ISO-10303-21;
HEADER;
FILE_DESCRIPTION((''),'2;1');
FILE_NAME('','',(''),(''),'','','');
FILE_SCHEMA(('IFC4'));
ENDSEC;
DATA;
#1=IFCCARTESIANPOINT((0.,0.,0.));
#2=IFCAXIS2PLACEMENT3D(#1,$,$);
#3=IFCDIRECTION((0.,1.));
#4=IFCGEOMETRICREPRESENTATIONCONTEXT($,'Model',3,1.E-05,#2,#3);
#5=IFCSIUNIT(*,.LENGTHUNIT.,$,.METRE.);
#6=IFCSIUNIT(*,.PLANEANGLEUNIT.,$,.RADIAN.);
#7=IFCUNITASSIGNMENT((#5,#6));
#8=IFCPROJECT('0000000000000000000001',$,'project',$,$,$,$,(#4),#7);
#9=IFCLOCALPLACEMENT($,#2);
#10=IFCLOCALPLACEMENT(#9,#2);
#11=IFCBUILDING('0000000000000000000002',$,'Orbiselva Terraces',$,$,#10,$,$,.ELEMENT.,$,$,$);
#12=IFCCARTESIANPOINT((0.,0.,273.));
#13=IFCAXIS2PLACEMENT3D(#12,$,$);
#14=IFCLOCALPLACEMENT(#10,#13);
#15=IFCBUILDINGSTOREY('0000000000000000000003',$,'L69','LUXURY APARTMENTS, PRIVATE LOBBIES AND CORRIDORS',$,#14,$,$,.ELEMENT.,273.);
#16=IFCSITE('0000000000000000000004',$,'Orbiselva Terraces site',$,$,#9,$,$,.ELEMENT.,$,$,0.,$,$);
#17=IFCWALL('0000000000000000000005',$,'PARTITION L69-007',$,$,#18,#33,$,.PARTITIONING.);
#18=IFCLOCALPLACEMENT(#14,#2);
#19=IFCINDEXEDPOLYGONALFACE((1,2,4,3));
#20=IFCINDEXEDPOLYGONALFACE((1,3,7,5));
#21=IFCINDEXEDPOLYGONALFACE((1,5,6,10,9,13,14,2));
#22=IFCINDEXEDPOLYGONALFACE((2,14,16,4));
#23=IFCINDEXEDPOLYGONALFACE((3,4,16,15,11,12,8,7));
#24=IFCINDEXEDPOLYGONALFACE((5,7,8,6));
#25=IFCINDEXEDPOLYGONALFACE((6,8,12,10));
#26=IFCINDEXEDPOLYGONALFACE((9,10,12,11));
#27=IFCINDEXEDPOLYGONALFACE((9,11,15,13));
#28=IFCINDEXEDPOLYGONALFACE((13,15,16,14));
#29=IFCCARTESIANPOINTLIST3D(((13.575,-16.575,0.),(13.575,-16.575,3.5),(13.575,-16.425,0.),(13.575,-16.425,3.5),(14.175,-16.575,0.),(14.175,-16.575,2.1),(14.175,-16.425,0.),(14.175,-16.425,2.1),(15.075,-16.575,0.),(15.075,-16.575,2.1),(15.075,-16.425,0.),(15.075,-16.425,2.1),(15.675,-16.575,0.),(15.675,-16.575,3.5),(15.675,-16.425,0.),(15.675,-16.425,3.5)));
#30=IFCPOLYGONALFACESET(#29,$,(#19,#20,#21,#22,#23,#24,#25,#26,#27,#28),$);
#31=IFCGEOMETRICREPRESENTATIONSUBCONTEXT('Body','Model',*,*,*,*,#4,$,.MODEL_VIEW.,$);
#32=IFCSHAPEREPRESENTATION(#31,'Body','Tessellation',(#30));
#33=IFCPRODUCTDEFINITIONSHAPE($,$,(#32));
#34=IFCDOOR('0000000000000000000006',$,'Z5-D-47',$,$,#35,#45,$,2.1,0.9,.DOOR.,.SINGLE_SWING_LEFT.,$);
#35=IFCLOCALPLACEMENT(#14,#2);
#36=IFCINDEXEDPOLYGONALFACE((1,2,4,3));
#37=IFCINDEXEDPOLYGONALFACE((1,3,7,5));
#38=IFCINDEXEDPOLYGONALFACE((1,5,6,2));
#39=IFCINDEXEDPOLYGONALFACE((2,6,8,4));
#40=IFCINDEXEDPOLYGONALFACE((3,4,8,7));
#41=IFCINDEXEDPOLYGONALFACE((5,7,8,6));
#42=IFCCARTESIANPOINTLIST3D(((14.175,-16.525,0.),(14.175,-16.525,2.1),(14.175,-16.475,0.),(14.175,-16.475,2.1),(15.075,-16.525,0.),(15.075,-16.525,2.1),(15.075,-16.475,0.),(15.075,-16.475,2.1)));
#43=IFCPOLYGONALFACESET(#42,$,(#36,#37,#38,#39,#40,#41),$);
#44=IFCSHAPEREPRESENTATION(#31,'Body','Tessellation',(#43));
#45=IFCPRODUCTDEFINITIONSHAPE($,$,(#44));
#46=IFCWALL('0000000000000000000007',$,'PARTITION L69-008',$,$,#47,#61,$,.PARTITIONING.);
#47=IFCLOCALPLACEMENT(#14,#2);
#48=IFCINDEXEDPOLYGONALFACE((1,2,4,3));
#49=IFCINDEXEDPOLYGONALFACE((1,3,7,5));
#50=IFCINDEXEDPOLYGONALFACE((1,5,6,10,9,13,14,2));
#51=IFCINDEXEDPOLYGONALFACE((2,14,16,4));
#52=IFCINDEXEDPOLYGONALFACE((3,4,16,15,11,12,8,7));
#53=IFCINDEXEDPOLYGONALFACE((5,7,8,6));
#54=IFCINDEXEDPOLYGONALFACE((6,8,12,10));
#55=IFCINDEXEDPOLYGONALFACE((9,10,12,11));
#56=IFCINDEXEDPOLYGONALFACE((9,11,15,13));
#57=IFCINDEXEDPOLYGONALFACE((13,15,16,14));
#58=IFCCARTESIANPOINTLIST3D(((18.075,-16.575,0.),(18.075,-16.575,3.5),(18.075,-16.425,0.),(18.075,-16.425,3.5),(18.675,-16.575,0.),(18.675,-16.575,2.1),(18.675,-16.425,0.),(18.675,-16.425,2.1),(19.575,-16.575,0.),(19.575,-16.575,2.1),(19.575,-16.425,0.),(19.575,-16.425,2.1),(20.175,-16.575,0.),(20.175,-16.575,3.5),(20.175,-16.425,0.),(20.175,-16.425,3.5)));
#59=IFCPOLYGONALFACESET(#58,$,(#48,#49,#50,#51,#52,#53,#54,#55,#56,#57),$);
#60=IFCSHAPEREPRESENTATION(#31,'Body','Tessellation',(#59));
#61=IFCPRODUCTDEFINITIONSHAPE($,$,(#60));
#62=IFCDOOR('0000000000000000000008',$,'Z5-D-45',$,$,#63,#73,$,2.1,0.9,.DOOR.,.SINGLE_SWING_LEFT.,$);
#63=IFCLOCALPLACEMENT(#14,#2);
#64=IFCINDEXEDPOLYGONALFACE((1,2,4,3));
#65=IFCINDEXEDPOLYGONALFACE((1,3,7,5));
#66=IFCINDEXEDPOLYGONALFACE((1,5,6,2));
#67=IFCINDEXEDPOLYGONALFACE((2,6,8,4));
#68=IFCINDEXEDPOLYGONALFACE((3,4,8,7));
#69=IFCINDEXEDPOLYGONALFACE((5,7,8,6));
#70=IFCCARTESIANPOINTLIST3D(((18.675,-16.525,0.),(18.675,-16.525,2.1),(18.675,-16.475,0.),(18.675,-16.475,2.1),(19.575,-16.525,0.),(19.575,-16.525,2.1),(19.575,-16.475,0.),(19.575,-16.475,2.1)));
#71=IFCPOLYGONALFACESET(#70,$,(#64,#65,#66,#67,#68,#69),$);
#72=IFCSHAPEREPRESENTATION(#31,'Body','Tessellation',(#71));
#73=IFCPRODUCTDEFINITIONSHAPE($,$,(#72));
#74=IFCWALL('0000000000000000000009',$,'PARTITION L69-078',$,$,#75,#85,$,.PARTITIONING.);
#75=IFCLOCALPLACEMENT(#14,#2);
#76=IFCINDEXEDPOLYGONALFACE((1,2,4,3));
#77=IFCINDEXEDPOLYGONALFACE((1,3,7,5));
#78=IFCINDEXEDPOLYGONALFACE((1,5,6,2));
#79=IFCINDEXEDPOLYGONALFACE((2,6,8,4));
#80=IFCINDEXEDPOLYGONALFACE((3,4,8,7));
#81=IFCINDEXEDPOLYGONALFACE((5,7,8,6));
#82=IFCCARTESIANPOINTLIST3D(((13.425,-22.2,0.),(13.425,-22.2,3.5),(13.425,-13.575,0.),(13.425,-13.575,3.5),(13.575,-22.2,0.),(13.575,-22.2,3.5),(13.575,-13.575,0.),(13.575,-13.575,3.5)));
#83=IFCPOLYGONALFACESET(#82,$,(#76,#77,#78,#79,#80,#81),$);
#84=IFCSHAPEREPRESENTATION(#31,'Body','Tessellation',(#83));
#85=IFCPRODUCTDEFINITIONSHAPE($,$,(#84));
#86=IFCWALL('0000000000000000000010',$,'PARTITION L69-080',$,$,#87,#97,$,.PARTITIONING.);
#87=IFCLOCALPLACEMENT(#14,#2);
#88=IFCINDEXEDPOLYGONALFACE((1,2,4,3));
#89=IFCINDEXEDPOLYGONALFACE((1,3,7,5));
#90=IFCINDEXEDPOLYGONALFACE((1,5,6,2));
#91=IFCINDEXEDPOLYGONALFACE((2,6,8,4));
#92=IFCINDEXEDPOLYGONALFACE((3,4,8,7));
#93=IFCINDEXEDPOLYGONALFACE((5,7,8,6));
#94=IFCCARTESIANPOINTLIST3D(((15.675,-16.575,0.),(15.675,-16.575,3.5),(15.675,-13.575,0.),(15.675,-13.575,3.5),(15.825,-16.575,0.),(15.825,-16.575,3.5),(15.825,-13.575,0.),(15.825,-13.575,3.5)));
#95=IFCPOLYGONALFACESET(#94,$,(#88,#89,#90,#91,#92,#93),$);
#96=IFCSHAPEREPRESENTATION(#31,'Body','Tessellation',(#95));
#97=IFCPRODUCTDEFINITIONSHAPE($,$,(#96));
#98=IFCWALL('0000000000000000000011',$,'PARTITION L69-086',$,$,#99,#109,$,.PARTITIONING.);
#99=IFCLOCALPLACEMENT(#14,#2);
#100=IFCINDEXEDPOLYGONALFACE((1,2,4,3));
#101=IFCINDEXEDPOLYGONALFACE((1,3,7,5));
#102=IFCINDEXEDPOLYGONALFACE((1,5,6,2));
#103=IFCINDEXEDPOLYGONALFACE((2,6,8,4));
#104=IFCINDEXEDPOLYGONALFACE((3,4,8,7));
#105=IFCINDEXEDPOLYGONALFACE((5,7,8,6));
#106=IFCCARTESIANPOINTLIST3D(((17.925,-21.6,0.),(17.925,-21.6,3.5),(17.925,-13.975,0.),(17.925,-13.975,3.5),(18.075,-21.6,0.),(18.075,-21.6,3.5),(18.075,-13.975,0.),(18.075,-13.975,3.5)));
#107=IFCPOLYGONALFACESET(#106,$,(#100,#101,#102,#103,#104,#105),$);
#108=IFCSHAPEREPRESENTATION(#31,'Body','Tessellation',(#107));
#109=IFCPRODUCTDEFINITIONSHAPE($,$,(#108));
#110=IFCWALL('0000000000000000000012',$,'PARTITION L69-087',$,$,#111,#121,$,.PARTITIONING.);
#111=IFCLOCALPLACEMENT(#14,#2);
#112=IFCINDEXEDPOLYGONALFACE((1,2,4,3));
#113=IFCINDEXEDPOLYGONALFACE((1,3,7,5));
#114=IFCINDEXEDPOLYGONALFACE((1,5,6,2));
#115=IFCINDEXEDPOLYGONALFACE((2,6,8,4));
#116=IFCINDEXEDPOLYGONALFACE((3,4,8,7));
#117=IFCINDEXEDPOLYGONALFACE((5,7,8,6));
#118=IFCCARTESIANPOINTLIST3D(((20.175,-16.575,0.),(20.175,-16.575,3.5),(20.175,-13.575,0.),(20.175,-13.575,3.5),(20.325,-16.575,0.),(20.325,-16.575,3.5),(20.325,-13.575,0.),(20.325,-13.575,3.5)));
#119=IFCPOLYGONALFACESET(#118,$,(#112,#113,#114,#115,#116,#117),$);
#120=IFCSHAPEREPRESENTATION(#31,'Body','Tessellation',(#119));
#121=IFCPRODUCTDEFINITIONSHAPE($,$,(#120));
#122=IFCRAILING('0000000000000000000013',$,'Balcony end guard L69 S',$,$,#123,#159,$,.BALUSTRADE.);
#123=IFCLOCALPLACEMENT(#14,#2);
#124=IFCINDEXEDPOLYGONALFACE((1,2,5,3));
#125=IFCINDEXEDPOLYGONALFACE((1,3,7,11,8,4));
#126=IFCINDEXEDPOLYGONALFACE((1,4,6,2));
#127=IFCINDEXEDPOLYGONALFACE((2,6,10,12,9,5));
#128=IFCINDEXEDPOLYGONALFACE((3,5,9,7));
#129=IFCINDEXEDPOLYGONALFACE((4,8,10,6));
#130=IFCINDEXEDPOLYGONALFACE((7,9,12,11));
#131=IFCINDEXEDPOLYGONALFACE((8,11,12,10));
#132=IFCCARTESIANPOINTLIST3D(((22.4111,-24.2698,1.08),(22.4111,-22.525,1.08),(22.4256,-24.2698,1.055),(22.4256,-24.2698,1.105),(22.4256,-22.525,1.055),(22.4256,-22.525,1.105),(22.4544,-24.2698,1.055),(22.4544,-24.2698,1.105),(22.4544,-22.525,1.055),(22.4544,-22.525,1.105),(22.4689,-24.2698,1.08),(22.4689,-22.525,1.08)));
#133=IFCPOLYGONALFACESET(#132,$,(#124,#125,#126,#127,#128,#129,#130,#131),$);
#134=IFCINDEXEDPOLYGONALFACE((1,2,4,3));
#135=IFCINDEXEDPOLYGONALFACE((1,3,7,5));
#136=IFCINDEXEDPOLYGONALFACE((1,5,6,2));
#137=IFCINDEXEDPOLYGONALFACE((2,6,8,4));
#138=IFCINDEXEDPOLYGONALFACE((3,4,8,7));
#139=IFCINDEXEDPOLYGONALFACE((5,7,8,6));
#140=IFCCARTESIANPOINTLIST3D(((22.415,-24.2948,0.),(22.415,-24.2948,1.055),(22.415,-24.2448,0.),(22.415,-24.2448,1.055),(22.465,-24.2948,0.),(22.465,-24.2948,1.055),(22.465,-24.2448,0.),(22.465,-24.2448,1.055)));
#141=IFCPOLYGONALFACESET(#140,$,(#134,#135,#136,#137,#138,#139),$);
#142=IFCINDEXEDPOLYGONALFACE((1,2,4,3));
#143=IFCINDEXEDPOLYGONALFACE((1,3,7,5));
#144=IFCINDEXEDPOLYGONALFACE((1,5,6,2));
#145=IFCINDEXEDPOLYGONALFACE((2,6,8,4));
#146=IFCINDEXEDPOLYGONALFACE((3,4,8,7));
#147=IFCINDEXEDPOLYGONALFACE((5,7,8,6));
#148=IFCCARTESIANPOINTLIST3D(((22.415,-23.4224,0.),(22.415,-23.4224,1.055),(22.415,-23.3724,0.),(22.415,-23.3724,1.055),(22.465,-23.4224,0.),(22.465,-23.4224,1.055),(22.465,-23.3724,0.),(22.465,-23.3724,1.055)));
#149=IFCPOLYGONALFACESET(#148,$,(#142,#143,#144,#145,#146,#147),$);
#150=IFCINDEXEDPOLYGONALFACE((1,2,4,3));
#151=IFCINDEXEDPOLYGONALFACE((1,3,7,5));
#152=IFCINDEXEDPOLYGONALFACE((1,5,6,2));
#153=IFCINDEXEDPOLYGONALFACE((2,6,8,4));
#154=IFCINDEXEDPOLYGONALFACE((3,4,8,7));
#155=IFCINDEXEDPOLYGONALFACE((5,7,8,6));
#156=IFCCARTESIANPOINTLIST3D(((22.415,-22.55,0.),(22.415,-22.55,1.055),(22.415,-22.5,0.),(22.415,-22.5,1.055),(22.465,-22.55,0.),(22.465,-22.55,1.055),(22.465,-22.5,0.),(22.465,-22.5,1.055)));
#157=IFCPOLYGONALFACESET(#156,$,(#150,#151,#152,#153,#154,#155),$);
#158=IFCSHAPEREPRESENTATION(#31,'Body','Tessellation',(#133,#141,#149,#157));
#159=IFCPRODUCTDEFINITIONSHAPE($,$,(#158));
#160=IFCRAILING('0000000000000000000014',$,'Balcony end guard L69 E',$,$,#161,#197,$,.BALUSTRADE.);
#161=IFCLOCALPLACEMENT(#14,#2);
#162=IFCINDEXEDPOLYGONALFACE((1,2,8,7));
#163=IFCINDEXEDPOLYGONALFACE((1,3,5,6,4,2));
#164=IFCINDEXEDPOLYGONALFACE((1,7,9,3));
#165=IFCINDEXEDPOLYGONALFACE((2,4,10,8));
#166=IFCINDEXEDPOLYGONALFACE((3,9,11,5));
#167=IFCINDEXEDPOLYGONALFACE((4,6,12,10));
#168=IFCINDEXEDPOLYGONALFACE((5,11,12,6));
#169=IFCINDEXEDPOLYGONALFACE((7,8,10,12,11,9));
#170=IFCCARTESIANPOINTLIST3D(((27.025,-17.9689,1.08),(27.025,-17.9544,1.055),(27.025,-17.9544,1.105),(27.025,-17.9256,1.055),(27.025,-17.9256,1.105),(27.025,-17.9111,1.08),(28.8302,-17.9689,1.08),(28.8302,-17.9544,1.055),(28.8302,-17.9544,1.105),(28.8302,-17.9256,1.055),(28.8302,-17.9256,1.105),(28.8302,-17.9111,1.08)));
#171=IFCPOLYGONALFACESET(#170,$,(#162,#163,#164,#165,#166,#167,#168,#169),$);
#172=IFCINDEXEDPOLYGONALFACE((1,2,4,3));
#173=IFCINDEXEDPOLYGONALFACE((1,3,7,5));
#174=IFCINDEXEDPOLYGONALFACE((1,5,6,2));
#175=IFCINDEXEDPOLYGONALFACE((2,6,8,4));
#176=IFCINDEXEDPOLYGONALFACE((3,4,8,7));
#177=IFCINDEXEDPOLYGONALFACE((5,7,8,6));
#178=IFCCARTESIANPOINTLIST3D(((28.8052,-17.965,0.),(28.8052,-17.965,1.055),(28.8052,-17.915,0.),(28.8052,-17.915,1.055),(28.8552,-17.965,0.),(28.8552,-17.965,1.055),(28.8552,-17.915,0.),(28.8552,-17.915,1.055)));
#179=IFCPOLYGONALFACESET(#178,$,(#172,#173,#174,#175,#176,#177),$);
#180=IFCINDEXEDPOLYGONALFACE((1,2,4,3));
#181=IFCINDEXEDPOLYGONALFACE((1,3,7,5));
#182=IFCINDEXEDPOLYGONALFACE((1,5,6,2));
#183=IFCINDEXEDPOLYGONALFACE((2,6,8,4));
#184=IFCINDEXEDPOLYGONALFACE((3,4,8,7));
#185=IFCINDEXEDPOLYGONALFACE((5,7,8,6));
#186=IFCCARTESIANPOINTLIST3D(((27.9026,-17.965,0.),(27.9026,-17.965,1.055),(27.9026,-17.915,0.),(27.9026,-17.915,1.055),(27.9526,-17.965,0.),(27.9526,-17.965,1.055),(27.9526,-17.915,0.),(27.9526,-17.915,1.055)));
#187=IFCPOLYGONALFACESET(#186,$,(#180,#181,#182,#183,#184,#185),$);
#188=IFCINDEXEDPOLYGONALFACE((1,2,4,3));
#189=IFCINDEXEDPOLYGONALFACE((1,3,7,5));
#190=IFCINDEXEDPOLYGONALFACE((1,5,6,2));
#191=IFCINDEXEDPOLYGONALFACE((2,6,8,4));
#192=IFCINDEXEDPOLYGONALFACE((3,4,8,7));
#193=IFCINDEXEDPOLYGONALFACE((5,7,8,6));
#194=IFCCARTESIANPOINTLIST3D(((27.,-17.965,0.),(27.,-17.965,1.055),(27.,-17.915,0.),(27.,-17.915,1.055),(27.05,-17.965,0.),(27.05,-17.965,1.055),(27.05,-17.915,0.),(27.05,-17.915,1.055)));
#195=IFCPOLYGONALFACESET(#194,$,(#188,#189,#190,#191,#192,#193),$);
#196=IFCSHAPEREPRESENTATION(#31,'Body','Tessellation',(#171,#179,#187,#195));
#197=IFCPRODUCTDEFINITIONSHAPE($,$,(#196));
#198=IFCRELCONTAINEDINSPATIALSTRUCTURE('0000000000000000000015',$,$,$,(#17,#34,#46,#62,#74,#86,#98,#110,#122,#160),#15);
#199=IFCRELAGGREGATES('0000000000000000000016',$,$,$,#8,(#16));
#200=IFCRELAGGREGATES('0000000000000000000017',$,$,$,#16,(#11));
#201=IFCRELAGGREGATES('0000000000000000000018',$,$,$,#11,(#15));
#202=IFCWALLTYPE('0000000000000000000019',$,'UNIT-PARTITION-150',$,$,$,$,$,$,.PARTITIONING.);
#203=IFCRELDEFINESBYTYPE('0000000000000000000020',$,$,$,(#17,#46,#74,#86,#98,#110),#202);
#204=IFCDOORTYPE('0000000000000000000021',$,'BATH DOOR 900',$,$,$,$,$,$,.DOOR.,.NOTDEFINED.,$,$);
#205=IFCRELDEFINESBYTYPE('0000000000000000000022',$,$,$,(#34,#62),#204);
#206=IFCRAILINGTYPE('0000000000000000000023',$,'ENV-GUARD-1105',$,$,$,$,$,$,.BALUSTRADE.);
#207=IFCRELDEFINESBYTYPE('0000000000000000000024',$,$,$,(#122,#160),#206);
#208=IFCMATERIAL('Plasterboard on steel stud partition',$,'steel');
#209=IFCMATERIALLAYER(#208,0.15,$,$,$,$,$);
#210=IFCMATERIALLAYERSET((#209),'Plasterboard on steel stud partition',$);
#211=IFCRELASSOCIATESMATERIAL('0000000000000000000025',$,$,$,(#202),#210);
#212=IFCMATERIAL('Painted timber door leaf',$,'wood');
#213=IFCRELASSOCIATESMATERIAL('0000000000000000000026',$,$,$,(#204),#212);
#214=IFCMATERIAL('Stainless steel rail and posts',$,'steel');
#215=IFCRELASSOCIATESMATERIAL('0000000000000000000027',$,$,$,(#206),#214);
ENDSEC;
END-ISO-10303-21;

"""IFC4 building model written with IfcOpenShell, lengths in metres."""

from ifc_helpers import new_model, si_unit, direction, frame, frame_2d, origin, origin_2d, place, context, subcontext, project, spatial, polyline, rectangle, outline, extrude, material, layer, layer_set, type_object, element, fill, save


model = new_model("IFC4")

# Units and contexts
model_context = context("Model", 3, precision=1e-05, world=origin(), true_north=direction((0.0, 1.0)))
body_context = subcontext(model_context, "Body", "Model", "MODEL_VIEW")
ifc_project = project(units=[si_unit("LENGTHUNIT", "METRE"), si_unit("PLANEANGLEUNIT", "RADIAN")], contexts=[model_context])

# Site, building, storey
site_placement = place(None, origin())
site = spatial("IfcSite", under=ifc_project, at=site_placement, Name="Orbiselva Terraces site", CompositionType="ELEMENT", RefElevation=0.0)
building_placement = place(site_placement, origin())
building = spatial("IfcBuilding", under=site, at=building_placement, Name="Orbiselva Terraces", CompositionType="ELEMENT")
storey_placement = place(building_placement, frame((0.0, 0.0, 273.0)))
storey = spatial("IfcBuildingStorey", under=building, at=storey_placement, Name="L69", Description="LUXURY APARTMENTS, PRIVATE LOBBIES AND CORRIDORS", CompositionType="ELEMENT", Elevation=273.0)

# Walls, openings, doors
ifc_material_1 = material(Name="Plasterboard on steel stud partition", Category="steel")
ifc_layer_1 = layer(ifc_material_1, 0.15)
ifc_layer_set_1 = layer_set([ifc_layer_1], Name="Plasterboard on steel stud partition")
wall_type_1 = type_object("IfcWallType", Name="UNIT-PARTITION-150", PredefinedType="PARTITIONING", material=ifc_layer_set_1)
wall_1_placement = place(storey_placement, frame((13.575, -16.5, 0.0), z_axis=(0.0, 0.0, 1.0), x_axis=(1.0, 0.0, 0.0)))
wall_1 = element("IfcWall", 1, at=wall_1_placement, inside=storey, type_object=wall_type_1, Name="PARTITION L69-007", PredefinedType="PARTITIONING", context=body_context, shape_type="SweptSolid", body=[
    extrude(rectangle(XDim=2.1, YDim=0.15, at=frame_2d((1.05, 0.0))), origin(), (0.0, 0.0, 1.0), 3.5),
])
opening_1_placement = place(wall_1_placement, frame((0.6, 0.0, 0.0)))
opening_1 = element("IfcOpeningElement", 2, at=opening_1_placement, cuts=wall_1, PredefinedType="OPENING", context=body_context, shape_type="SweptSolid", body=[
    extrude(rectangle(XDim=0.9, YDim=2.1, at=frame_2d((0.45, 1.05))), frame((0.0, 0.085, 0.0), z_axis=(0.0, -1.0, 0.0), x_axis=(1.0, 0.0, 0.0)), (0.0, 0.0, 1.0), 0.17),
])
ifc_material_2 = material(Name="Painted timber door leaf", Category="wood")
door_type_1 = type_object("IfcDoorType", Name="BATH DOOR 900", OperationType="NOTDEFINED", PredefinedType="DOOR", material=ifc_material_2)
door_1_placement = place(opening_1_placement, origin())
door_1 = element("IfcDoor", 3, at=door_1_placement, inside=storey, type_object=door_type_1, Name="Z5-D-47", OperationType="SINGLE_SWING_LEFT", OverallHeight=2.1, OverallWidth=0.9, PredefinedType="DOOR", context=body_context, shape_type="SweptSolid", body=[
    extrude(rectangle(XDim=0.9, YDim=2.1, at=frame_2d((0.45, 1.05))), frame((0.0, 0.025, 0.0), z_axis=(0.0, -1.0, 0.0), x_axis=(1.0, 0.0, 0.0)), (0.0, 0.0, 1.0), 0.05),
])
fill(opening_1, door_1)
wall_2_placement = place(storey_placement, frame((18.075, -16.5, 0.0), z_axis=(0.0, 0.0, 1.0), x_axis=(1.0, 0.0, 0.0)))
wall_2 = element("IfcWall", 4, at=wall_2_placement, inside=storey, type_object=wall_type_1, Name="PARTITION L69-008", PredefinedType="PARTITIONING", context=body_context, shape_type="SweptSolid", body=[
    extrude(rectangle(XDim=2.1, YDim=0.15, at=frame_2d((1.05, 0.0))), origin(), (0.0, 0.0, 1.0), 3.5),
])
opening_2_placement = place(wall_2_placement, frame((0.6, 0.0, 0.0)))
opening_2 = element("IfcOpeningElement", 5, at=opening_2_placement, cuts=wall_2, PredefinedType="OPENING", context=body_context, shape_type="SweptSolid", body=[
    extrude(rectangle(XDim=0.9, YDim=2.1, at=frame_2d((0.45, 1.05))), frame((0.0, 0.085, 0.0), z_axis=(0.0, -1.0, 0.0), x_axis=(1.0, 0.0, 0.0)), (0.0, 0.0, 1.0), 0.17),
])
door_2_placement = place(opening_2_placement, origin())
door_2 = element("IfcDoor", 6, at=door_2_placement, inside=storey, type_object=door_type_1, Name="Z5-D-45", OperationType="SINGLE_SWING_LEFT", OverallHeight=2.1, OverallWidth=0.9, PredefinedType="DOOR", context=body_context, shape_type="SweptSolid", body=[
    extrude(rectangle(XDim=0.9, YDim=2.1, at=frame_2d((0.45, 1.05))), frame((0.0, 0.025, 0.0), z_axis=(0.0, -1.0, 0.0), x_axis=(1.0, 0.0, 0.0)), (0.0, 0.0, 1.0), 0.05),
])
fill(opening_2, door_2)

# Walls
wall_3_placement = place(storey_placement, frame((13.5, -22.2, 0.0), z_axis=(0.0, 0.0, 1.0), x_axis=(0.0, 1.0, 0.0)))
element("IfcWall", 7, at=wall_3_placement, inside=storey, type_object=wall_type_1, Name="PARTITION L69-078", PredefinedType="PARTITIONING", context=body_context, shape_type="SweptSolid", body=[
    extrude(rectangle(XDim=8.625, YDim=0.15, at=frame_2d((4.3125, 0.0))), origin(), (0.0, 0.0, 1.0), 3.5),
])
wall_4_placement = place(storey_placement, frame((15.75, -16.575, 0.0), z_axis=(0.0, 0.0, 1.0), x_axis=(0.0, 1.0, 0.0)))
element("IfcWall", 8, at=wall_4_placement, inside=storey, type_object=wall_type_1, Name="PARTITION L69-080", PredefinedType="PARTITIONING", context=body_context, shape_type="SweptSolid", body=[
    extrude(rectangle(XDim=3.0, YDim=0.15, at=frame_2d((1.5, 0.0))), origin(), (0.0, 0.0, 1.0), 3.5),
])
wall_5_placement = place(storey_placement, frame((18.0, -21.6, 0.0), z_axis=(0.0, 0.0, 1.0), x_axis=(0.0, 1.0, 0.0)))
element("IfcWall", 9, at=wall_5_placement, inside=storey, type_object=wall_type_1, Name="PARTITION L69-086", PredefinedType="PARTITIONING", context=body_context, shape_type="SweptSolid", body=[
    extrude(rectangle(XDim=7.625, YDim=0.15, at=frame_2d((3.8125, 0.0))), origin(), (0.0, 0.0, 1.0), 3.5),
])
wall_6_placement = place(storey_placement, frame((20.25, -16.575, 0.0), z_axis=(0.0, 0.0, 1.0), x_axis=(0.0, 1.0, 0.0)))
element("IfcWall", 10, at=wall_6_placement, inside=storey, type_object=wall_type_1, Name="PARTITION L69-087", PredefinedType="PARTITIONING", context=body_context, shape_type="SweptSolid", body=[
    extrude(rectangle(XDim=3.0, YDim=0.15, at=frame_2d((1.5, 0.0))), origin(), (0.0, 0.0, 1.0), 3.5),
])

# Railings
ifc_material_3 = material(Name="Stainless steel rail and posts", Category="steel")
railing_type_1 = type_object("IfcRailingType", Name="ENV-GUARD-1105", PredefinedType="BALUSTRADE", material=ifc_material_3)
railing_1_placement = place(storey_placement, frame((22.44, -24.2698, 0.0)))
element("IfcRailing", 11, at=railing_1_placement, inside=storey, type_object=railing_type_1, Name="Balcony end guard L69 S", PredefinedType="BALUSTRADE", context=body_context, shape_type="SweptSolid", body=[
    extrude(outline(polyline([(0.0289, 0.0), (0.0144, 0.025), (-0.0144, 0.025), (-0.0289, 0.0), (-0.0144, -0.025), (0.0144, -0.025), (0.0289, 0.0)])), frame((0.0, 0.0, 1.08), z_axis=(0.0, 1.0, 0.0), x_axis=(-1.0, 0.0, 0.0)), (0.0, 0.0, 1.0), 1.7448),
    extrude(rectangle(XDim=0.05, YDim=0.05, at=origin_2d()), origin(), (0.0, 0.0, 1.0), 1.055),
    extrude(rectangle(XDim=0.05, YDim=0.05, at=origin_2d()), frame((0.0, 0.8724, 0.0)), (0.0, 0.0, 1.0), 1.055),
    extrude(rectangle(XDim=0.05, YDim=0.05, at=origin_2d()), frame((0.0, 1.7448, 0.0)), (0.0, 0.0, 1.0), 1.055),
])
railing_2_placement = place(storey_placement, frame((28.8302, -17.94, 0.0)))
element("IfcRailing", 12, at=railing_2_placement, inside=storey, type_object=railing_type_1, Name="Balcony end guard L69 E", PredefinedType="BALUSTRADE", context=body_context, shape_type="SweptSolid", body=[
    extrude(outline(polyline([(0.0289, 0.0), (0.0144, 0.025), (-0.0144, 0.025), (-0.0289, 0.0), (-0.0144, -0.025), (0.0144, -0.025), (0.0289, 0.0)])), frame((0.0, 0.0, 1.08), z_axis=(-1.0, 0.0, 0.0), x_axis=(0.0, -1.0, 0.0)), (0.0, 0.0, 1.0), 1.8052),
    extrude(rectangle(XDim=0.05, YDim=0.05, at=origin_2d()), origin(), (0.0, 0.0, 1.0), 1.055),
    extrude(rectangle(XDim=0.05, YDim=0.05, at=origin_2d()), frame((-0.9026, 0.0, 0.0)), (0.0, 0.0, 1.0), 1.055),
    extrude(rectangle(XDim=0.05, YDim=0.05, at=origin_2d()), frame((-1.8052, 0.0, 0.0)), (0.0, 0.0, 1.0), 1.055),
])

save(model, "model.ifc")
